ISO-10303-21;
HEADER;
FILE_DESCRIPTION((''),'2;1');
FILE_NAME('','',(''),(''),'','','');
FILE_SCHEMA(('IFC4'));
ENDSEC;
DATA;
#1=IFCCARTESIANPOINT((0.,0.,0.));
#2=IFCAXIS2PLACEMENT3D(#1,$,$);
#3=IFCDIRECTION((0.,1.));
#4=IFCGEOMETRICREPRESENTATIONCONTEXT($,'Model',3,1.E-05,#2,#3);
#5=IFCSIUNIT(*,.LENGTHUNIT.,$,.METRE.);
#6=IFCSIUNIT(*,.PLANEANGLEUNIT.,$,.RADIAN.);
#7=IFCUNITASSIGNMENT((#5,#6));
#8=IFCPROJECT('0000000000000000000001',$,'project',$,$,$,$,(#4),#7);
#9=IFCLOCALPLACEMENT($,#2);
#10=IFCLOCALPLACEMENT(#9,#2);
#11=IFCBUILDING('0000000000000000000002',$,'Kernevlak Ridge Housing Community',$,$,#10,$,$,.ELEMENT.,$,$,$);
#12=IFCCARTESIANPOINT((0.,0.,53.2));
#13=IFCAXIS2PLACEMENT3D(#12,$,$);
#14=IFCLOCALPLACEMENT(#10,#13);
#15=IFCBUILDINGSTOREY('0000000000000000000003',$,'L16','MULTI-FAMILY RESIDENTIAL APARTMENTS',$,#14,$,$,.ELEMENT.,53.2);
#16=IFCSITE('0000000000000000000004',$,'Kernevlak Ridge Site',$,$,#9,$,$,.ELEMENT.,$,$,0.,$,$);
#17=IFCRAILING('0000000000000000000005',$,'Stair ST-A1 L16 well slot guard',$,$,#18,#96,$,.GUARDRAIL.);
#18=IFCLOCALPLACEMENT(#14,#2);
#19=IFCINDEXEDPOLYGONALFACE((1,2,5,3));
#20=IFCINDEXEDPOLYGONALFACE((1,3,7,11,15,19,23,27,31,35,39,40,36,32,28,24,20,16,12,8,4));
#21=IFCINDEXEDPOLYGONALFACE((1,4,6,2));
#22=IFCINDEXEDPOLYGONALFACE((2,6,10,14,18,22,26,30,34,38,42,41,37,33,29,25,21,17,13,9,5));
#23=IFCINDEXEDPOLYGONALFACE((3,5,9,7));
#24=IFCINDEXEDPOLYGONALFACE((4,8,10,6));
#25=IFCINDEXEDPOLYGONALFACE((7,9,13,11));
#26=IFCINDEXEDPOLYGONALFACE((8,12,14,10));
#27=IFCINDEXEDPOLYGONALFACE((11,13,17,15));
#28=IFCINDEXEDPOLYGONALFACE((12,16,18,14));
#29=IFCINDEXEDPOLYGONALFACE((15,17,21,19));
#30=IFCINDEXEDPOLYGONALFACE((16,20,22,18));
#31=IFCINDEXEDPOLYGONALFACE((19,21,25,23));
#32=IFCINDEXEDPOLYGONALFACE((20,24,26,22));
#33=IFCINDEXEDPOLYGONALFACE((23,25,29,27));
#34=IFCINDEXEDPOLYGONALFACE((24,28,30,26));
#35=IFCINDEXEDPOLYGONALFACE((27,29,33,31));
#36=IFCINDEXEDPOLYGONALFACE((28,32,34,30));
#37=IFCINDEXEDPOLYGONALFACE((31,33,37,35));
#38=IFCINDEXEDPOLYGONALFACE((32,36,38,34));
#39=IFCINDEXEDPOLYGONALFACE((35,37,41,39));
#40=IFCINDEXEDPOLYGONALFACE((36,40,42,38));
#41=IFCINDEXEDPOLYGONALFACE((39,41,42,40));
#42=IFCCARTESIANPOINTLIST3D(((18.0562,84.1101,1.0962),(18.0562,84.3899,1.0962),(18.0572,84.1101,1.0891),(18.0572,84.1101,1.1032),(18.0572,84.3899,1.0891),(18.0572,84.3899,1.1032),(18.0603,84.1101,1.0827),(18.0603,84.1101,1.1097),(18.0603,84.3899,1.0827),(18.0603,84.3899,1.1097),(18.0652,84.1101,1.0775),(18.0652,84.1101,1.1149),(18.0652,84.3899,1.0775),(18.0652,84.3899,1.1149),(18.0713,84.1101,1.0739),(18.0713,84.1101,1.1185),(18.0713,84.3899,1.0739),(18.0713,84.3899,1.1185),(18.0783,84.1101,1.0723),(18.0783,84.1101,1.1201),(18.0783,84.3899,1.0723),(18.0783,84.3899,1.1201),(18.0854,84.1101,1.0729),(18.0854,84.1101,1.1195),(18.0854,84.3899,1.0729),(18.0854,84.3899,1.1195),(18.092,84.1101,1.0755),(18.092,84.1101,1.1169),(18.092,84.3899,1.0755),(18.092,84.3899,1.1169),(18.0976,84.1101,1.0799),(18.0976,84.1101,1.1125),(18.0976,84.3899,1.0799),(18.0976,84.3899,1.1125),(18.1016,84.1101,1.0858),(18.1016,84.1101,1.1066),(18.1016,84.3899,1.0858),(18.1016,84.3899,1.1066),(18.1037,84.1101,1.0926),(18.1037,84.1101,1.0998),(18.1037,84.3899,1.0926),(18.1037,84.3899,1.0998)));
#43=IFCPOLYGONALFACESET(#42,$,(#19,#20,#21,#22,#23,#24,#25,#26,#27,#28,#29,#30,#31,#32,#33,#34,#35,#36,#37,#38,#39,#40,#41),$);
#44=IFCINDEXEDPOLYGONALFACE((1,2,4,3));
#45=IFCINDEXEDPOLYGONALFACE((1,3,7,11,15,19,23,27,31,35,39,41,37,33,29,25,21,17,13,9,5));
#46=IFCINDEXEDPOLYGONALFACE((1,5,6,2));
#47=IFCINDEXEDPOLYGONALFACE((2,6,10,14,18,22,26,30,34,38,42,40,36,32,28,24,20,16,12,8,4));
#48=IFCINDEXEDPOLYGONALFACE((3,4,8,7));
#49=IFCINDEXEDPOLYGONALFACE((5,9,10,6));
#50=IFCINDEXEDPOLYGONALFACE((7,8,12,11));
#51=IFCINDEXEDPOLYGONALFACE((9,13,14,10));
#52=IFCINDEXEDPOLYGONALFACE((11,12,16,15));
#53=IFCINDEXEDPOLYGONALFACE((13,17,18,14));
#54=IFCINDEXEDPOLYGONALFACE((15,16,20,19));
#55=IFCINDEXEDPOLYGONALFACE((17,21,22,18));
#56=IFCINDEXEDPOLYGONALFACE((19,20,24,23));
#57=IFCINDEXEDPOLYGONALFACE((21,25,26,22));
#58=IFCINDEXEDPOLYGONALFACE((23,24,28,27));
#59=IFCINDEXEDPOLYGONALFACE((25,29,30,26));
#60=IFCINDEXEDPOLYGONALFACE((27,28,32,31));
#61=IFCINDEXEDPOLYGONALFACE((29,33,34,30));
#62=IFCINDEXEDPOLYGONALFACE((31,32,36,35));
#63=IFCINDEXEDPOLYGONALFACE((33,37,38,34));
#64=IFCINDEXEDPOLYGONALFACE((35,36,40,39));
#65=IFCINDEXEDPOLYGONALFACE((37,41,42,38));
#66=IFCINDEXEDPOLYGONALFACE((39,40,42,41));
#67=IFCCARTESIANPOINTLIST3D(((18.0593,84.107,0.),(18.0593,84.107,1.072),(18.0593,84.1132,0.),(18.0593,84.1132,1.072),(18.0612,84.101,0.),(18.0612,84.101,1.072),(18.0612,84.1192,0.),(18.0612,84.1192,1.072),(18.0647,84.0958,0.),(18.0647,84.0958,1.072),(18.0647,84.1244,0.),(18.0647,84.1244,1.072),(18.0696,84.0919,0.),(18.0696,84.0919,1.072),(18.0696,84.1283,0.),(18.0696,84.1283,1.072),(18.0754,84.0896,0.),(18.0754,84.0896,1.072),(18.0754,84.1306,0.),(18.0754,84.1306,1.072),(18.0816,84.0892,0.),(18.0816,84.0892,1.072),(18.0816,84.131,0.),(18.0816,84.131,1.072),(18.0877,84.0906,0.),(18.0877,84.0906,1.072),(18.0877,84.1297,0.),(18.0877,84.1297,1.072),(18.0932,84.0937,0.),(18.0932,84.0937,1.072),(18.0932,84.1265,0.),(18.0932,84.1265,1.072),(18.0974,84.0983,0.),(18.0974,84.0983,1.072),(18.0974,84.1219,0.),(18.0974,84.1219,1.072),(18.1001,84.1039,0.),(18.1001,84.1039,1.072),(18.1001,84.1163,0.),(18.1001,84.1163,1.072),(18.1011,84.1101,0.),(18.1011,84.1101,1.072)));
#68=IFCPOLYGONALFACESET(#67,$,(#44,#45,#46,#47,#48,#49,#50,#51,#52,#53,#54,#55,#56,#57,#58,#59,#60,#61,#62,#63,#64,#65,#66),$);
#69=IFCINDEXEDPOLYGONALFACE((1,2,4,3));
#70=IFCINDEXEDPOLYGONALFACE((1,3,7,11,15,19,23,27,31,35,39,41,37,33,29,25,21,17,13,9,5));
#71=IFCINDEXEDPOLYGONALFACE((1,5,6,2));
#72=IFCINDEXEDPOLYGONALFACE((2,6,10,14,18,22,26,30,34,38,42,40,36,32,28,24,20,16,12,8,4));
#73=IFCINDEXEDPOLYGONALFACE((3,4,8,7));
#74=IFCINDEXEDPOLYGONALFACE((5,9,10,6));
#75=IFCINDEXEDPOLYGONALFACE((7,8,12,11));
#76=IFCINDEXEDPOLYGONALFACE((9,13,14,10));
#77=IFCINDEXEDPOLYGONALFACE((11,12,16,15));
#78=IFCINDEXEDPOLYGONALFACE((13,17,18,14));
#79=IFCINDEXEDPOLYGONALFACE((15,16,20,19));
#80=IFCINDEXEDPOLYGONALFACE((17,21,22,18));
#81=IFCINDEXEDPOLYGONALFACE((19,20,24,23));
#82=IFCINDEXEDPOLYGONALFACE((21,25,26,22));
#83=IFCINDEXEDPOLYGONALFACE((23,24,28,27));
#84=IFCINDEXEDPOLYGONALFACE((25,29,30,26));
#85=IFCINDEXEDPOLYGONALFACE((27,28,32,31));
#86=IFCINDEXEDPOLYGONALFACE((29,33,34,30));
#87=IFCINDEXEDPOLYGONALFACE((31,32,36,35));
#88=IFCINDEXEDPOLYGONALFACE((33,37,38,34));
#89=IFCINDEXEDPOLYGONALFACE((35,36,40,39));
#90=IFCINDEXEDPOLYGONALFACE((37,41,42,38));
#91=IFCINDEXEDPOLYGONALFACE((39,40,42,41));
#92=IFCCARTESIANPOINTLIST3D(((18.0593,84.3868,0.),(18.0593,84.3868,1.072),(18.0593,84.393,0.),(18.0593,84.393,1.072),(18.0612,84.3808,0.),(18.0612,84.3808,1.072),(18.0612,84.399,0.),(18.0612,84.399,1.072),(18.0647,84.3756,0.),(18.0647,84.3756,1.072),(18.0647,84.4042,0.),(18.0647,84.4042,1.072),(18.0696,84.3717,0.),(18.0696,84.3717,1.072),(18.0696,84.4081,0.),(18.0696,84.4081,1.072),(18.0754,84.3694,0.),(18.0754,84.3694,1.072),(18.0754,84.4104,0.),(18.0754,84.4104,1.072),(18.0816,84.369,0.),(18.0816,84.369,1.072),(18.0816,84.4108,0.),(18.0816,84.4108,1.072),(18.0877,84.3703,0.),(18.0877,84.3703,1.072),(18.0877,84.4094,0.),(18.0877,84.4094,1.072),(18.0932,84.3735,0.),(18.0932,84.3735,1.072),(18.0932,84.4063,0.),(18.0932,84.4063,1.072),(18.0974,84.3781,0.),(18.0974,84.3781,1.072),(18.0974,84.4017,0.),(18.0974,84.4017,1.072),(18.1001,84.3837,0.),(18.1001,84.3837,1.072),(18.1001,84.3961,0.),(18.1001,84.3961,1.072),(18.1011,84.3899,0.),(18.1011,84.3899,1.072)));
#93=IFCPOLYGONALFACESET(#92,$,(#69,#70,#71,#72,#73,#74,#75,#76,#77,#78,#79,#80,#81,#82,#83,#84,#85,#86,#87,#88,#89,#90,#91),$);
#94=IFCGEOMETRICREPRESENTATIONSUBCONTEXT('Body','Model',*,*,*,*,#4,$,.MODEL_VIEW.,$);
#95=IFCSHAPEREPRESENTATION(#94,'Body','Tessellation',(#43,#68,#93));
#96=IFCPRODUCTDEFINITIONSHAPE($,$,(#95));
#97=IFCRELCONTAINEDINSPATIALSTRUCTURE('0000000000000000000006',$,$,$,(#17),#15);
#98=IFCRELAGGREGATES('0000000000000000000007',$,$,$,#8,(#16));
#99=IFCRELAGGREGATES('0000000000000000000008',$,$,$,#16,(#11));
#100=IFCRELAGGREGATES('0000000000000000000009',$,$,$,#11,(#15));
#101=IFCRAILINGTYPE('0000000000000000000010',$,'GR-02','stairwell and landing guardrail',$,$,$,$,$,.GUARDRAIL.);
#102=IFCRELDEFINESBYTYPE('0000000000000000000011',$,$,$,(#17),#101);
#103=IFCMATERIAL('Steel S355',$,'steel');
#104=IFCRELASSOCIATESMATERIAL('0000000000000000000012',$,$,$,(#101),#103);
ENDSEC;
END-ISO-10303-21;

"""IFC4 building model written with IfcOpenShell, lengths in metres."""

from ifc_helpers import new_model, si_unit, direction, frame, origin, origin_2d, place, context, subcontext, project, spatial, circle, extrude, material, type_object, element, save


model = new_model("IFC4")

# Units and contexts
model_context = context("Model", 3, precision=1e-05, world=origin(), true_north=direction((0.0, 1.0)))
body_context = subcontext(model_context, "Body", "Model", "MODEL_VIEW")
ifc_project = project(units=[si_unit("LENGTHUNIT", "METRE"), si_unit("PLANEANGLEUNIT", "RADIAN")], contexts=[model_context])

# Site, building, storey
site_placement = place(None, origin())
site = spatial("IfcSite", under=ifc_project, at=site_placement, Name="Kernevlak Ridge Site", CompositionType="ELEMENT", RefElevation=0.0)
building_placement = place(site_placement, origin())
building = spatial("IfcBuilding", under=site, at=building_placement, Name="Kernevlak Ridge Housing Community", CompositionType="ELEMENT")
storey_placement = place(building_placement, frame((0.0, 0.0, 53.2)))
storey = spatial("IfcBuildingStorey", under=building, at=storey_placement, Name="L16", Description="MULTI-FAMILY RESIDENTIAL APARTMENTS", CompositionType="ELEMENT", Elevation=53.2)

# Railing
ifc_material_1 = material(Name="Steel S355", Category="steel")
railing_type_1 = type_object("IfcRailingType", Name="GR-02", Description="stairwell and landing guardrail", PredefinedType="GUARDRAIL", material=ifc_material_1)
railing_1_placement = place(storey_placement, frame((18.0801, 84.1101, 0.0)))
element("IfcRailing", 1, at=railing_1_placement, inside=storey, type_object=railing_type_1, Name="Stair ST-A1 L16 well slot guard", PredefinedType="GUARDRAIL", context=body_context, shape_type="SweptSolid", body=[
    extrude(circle(Radius=0.0239, at=origin_2d()), frame((0.0, 0.0, 1.0962), z_axis=(0.0, 1.0, 0.0), x_axis=(-1.0, 0.0, 0.0)), (0.0, 0.0, 1.0), 0.2798),
    extrude(circle(Radius=0.021, at=origin_2d()), origin(), (0.0, 0.0, 1.0), 1.072),
    extrude(circle(Radius=0.021, at=origin_2d()), frame((0.0, 0.2798, 0.0)), (0.0, 0.0, 1.0), 1.072),
])

save(model, "model.ifc")
